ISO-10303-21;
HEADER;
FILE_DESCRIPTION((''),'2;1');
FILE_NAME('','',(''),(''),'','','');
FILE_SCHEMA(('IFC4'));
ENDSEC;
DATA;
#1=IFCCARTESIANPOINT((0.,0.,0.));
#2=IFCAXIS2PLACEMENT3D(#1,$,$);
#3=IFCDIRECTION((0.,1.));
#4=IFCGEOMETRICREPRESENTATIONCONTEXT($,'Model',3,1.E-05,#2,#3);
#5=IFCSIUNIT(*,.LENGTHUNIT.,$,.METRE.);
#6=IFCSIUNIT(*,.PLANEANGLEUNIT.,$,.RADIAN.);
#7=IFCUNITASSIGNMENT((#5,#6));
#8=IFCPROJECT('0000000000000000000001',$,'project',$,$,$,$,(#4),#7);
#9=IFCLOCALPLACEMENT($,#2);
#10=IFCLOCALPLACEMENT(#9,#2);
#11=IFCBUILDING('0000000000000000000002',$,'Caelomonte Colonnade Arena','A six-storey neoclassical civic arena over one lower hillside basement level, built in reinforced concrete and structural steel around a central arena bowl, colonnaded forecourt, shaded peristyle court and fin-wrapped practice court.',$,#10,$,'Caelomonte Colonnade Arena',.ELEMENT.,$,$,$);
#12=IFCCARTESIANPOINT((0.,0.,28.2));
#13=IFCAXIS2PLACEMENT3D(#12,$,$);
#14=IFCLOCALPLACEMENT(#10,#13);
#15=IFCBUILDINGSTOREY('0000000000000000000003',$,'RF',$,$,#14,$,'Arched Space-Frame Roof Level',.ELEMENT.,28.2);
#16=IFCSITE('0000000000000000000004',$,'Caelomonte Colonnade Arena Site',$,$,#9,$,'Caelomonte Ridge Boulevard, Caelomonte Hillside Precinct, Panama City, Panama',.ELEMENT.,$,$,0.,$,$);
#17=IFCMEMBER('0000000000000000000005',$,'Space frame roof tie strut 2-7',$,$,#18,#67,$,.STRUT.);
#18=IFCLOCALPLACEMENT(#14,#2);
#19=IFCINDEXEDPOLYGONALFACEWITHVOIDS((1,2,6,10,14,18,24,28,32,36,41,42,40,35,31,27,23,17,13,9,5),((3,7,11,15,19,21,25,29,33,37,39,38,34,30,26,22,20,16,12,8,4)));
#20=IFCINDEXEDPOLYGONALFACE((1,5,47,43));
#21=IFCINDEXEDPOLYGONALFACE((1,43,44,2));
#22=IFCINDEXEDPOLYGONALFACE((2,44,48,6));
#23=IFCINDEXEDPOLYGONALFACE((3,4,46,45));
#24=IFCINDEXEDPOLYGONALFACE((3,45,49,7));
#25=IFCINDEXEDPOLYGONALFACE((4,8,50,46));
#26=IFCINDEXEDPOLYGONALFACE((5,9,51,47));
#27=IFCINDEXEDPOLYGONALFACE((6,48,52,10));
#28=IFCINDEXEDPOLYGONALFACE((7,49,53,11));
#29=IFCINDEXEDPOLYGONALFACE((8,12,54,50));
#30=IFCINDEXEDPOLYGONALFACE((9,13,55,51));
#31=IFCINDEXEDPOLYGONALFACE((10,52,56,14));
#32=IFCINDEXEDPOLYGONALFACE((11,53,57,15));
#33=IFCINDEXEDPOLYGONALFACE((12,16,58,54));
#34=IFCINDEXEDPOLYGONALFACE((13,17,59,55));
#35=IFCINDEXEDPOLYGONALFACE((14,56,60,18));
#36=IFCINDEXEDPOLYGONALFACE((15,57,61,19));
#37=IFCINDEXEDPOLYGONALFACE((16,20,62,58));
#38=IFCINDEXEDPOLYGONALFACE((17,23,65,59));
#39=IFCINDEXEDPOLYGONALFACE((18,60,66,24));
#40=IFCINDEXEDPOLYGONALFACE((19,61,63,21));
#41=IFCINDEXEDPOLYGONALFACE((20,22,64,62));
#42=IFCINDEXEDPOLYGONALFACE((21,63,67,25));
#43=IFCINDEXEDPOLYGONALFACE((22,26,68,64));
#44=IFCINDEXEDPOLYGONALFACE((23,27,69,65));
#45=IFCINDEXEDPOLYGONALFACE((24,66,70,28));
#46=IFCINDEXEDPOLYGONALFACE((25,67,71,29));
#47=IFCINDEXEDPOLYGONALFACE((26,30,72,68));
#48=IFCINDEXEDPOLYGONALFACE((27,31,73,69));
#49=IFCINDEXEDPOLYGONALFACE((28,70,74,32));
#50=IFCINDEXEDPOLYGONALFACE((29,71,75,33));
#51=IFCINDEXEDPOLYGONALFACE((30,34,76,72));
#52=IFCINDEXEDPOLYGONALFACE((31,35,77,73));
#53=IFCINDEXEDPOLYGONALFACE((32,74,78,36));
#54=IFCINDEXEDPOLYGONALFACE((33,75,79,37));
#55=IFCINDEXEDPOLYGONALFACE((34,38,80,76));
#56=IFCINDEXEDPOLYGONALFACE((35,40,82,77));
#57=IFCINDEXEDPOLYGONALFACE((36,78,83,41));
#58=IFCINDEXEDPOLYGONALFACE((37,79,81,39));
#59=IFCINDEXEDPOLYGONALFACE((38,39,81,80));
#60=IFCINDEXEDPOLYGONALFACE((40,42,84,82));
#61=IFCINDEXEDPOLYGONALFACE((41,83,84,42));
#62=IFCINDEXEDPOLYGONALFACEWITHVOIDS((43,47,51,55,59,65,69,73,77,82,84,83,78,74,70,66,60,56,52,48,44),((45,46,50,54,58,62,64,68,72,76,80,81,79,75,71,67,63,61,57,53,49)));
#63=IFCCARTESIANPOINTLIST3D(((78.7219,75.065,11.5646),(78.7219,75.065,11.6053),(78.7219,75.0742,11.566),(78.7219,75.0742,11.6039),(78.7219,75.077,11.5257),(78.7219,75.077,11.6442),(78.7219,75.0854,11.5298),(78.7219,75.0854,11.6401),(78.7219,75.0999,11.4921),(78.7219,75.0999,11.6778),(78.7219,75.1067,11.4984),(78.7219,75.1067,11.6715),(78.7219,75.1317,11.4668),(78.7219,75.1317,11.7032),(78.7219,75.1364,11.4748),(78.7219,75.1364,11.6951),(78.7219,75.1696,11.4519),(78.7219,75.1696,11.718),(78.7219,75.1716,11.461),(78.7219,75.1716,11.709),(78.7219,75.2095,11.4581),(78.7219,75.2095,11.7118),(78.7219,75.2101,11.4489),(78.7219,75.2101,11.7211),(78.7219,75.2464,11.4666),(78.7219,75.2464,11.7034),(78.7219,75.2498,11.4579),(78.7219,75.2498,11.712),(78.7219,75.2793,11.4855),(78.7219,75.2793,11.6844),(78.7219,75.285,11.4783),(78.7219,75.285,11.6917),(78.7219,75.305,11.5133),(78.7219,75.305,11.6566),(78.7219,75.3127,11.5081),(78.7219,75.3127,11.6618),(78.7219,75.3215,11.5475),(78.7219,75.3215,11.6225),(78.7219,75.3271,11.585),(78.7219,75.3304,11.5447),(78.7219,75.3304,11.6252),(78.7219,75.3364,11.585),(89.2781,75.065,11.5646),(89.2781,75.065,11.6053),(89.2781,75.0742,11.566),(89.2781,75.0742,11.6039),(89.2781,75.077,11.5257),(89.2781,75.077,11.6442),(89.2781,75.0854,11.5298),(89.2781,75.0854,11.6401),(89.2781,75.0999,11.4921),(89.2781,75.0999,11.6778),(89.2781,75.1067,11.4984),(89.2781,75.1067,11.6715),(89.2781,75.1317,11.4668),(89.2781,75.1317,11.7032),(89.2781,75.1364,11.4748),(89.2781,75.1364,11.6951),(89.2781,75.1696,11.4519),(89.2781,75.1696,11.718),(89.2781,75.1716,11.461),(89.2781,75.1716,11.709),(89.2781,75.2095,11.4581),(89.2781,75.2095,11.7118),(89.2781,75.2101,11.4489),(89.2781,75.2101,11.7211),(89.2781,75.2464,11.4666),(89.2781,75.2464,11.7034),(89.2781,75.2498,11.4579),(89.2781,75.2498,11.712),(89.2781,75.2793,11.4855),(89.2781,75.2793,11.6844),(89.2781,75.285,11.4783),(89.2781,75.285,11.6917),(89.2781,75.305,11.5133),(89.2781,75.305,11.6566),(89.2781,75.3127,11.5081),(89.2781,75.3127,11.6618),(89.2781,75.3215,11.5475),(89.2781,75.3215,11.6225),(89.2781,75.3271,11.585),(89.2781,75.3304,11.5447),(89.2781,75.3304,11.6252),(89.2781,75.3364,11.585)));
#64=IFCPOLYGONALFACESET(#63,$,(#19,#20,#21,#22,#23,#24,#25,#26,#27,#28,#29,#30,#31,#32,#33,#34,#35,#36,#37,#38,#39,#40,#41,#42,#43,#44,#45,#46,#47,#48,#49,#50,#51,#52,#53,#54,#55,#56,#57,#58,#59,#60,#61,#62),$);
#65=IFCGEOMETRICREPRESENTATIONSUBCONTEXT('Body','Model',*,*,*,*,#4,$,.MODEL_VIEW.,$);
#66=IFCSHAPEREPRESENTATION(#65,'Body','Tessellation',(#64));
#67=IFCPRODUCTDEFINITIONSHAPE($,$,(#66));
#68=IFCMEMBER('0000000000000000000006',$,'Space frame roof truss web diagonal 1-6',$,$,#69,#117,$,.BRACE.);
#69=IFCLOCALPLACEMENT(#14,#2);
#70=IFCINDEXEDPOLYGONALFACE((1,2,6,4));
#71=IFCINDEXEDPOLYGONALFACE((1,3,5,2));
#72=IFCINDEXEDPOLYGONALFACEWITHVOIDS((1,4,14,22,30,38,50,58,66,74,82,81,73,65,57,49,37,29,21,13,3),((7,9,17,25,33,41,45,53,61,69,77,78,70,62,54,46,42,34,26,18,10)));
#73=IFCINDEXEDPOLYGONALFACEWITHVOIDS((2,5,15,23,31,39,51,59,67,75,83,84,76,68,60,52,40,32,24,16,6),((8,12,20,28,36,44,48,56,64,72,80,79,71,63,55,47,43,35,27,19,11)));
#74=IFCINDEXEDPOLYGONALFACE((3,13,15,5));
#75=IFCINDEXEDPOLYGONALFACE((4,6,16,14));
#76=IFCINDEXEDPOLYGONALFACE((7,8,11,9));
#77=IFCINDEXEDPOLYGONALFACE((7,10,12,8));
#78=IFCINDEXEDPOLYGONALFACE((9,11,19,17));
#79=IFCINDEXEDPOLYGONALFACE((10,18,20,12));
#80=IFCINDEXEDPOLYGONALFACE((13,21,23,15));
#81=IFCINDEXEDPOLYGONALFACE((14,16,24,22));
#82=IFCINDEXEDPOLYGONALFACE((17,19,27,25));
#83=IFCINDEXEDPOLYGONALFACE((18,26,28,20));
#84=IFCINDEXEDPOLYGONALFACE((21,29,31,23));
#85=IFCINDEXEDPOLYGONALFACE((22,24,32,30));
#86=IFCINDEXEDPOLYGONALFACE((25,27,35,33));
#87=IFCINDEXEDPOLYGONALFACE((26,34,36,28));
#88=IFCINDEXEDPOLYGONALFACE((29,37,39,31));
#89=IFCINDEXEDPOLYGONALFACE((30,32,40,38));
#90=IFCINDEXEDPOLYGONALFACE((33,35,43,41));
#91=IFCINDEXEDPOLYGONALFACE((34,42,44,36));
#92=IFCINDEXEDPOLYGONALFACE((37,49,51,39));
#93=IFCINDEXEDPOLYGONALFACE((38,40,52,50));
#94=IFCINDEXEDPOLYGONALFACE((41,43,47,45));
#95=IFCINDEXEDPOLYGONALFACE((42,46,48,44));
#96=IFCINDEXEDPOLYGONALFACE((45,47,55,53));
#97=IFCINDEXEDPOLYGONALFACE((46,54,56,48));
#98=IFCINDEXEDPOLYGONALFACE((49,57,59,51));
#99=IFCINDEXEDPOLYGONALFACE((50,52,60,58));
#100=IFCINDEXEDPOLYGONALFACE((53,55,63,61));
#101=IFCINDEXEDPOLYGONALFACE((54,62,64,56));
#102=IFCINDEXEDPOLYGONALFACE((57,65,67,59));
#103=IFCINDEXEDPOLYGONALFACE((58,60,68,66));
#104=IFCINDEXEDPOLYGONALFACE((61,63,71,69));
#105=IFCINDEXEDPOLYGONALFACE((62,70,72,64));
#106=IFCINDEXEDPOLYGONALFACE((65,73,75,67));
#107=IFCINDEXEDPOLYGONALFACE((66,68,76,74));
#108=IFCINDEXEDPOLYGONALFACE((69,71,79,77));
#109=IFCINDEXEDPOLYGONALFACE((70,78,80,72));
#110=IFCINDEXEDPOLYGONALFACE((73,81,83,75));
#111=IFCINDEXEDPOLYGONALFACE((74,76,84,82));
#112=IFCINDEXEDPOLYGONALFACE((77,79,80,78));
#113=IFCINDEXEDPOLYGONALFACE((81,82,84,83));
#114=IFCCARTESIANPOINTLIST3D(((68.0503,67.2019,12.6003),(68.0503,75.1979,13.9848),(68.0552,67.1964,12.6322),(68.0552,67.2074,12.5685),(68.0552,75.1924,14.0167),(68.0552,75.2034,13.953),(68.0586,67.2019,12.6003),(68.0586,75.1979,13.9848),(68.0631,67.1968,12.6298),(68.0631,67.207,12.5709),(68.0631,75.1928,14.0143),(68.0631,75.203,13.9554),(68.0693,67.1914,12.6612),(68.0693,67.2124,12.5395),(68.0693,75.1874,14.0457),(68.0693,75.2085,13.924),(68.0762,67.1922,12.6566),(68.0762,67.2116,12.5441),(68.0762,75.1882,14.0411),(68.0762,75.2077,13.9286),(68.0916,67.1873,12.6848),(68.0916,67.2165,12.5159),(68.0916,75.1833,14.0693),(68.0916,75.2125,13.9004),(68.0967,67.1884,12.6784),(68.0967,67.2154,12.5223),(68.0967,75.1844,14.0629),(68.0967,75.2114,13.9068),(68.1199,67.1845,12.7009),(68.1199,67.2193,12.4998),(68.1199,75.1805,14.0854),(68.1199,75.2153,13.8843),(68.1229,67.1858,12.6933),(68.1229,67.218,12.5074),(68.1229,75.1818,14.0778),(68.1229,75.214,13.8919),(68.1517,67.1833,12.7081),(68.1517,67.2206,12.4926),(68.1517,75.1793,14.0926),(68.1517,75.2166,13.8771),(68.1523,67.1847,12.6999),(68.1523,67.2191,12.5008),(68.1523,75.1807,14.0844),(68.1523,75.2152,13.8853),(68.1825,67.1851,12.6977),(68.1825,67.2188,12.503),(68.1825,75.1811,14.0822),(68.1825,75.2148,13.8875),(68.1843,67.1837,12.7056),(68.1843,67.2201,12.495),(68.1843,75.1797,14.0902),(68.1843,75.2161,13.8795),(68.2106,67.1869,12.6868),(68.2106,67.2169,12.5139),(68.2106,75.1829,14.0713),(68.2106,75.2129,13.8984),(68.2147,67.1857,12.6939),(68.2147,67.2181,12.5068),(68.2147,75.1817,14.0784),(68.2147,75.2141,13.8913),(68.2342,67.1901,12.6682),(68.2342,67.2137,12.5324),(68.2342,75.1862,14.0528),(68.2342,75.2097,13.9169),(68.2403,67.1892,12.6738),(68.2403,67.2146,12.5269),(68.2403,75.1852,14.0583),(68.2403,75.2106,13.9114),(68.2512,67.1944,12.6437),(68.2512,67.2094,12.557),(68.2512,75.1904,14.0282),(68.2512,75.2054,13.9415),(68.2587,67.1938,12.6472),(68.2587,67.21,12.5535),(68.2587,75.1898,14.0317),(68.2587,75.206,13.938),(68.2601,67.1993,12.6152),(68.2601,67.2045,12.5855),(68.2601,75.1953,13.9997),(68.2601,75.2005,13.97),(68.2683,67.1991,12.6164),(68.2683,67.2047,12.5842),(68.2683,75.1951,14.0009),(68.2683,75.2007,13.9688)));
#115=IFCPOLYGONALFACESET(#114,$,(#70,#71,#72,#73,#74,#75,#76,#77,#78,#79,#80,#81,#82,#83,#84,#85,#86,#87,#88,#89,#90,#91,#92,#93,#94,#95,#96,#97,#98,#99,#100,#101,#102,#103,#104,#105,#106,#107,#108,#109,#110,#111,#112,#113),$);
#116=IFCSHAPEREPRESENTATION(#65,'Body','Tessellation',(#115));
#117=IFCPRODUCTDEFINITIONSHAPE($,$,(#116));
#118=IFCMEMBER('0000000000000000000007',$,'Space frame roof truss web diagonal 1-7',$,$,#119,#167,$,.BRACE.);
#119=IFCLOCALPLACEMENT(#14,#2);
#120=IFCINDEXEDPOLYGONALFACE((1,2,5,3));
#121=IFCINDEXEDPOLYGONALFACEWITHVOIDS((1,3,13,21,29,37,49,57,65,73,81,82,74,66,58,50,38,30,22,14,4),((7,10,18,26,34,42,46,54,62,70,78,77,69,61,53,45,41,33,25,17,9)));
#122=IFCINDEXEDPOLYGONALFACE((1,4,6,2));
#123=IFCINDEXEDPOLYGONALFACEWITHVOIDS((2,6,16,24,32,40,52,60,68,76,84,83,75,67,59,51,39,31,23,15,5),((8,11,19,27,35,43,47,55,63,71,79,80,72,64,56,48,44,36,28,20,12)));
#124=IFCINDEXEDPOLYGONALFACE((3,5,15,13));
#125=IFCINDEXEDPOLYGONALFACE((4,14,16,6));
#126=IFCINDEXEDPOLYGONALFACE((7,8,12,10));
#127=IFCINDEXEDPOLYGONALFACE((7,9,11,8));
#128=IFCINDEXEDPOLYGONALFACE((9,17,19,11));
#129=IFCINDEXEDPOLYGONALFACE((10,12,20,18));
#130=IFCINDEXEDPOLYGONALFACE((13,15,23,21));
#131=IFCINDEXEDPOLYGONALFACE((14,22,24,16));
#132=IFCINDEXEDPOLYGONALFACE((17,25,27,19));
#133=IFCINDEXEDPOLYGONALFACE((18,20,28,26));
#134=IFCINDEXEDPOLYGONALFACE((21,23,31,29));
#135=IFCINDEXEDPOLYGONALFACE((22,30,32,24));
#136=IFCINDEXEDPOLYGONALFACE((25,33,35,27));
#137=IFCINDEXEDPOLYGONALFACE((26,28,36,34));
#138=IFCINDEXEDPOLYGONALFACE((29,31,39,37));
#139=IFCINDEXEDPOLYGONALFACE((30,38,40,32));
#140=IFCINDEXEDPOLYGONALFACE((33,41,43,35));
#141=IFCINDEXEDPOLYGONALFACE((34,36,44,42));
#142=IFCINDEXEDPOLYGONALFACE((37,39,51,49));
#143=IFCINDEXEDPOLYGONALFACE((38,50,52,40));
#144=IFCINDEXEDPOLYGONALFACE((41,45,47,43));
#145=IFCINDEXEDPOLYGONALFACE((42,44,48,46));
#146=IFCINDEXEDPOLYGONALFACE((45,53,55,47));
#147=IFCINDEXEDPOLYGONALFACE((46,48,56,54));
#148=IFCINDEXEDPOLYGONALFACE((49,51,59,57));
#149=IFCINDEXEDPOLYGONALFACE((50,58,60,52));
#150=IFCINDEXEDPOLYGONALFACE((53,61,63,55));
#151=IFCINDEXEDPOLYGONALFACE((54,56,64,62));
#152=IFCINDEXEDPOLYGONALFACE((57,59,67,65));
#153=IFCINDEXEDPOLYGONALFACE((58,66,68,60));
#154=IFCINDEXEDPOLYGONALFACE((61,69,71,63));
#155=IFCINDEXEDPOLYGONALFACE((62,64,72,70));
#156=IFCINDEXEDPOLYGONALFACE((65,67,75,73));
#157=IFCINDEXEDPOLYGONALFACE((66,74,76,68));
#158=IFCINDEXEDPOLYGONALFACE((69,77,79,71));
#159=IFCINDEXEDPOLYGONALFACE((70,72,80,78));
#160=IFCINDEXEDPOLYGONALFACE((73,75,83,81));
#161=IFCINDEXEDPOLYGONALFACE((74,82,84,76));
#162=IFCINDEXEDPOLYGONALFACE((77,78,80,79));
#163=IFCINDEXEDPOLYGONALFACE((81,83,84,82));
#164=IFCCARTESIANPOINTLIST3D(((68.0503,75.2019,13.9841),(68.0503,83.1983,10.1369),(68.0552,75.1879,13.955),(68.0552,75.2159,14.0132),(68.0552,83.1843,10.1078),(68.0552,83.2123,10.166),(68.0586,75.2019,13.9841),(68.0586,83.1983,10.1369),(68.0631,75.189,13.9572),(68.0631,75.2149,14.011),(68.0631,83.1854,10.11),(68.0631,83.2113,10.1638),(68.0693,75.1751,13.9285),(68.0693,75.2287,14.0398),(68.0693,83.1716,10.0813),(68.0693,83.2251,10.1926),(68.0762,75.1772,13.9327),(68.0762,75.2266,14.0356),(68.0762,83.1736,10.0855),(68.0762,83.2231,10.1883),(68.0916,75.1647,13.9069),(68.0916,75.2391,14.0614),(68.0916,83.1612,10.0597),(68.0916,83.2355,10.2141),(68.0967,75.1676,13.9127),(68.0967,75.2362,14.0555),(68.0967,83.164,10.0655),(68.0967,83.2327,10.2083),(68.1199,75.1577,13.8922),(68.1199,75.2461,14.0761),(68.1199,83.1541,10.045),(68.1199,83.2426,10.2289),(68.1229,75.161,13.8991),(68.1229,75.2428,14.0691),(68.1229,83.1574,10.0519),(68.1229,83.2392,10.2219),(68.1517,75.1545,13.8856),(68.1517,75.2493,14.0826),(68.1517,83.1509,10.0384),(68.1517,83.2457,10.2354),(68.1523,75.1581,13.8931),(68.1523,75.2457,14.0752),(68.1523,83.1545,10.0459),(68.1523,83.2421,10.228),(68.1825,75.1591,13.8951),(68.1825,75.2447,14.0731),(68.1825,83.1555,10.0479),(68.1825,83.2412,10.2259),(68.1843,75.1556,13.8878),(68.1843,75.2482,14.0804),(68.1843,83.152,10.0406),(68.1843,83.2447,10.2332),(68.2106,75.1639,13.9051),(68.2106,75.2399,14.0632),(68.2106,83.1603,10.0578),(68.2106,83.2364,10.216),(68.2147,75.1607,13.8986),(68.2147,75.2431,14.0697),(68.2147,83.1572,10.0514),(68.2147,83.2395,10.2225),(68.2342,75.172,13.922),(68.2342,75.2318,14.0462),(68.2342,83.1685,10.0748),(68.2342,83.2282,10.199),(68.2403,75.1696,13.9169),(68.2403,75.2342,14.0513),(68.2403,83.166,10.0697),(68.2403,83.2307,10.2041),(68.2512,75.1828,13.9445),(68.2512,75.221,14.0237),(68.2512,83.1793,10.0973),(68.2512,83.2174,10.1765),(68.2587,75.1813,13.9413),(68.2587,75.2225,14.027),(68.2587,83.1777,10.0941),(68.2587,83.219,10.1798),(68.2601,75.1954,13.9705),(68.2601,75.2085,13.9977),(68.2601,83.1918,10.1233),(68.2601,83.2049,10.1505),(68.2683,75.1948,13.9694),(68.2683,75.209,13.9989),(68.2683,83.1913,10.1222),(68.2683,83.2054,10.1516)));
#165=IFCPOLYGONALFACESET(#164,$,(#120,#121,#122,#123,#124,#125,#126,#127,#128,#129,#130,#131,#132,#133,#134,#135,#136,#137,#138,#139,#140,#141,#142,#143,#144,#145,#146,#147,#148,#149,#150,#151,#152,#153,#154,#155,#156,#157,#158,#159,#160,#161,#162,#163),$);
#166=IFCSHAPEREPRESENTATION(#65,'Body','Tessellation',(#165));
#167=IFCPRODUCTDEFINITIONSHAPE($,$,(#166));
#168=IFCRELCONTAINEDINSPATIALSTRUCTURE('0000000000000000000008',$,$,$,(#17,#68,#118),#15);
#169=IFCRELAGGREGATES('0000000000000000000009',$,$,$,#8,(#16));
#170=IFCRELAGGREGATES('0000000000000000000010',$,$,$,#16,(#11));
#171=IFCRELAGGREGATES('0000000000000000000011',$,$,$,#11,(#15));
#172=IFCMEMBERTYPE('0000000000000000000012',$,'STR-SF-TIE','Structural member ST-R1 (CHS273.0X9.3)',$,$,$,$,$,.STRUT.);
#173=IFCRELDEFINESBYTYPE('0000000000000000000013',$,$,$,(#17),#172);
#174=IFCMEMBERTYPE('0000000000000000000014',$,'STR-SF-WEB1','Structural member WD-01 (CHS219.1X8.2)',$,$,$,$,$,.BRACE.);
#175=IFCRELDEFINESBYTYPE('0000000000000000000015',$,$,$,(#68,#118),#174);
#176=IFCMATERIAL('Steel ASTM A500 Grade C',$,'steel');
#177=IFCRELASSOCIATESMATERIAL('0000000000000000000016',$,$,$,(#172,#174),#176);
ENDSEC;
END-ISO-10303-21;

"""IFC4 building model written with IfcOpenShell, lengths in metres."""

from ifc_helpers import new_model, si_unit, direction, frame, origin, origin_2d, place, context, subcontext, project, spatial, hollow_circle, extrude, material, material_profile, profile_set, type_object, element, save


model = new_model("IFC4")

# Units and contexts
model_context = context("Model", 3, precision=1e-05, world=origin(), true_north=direction((0.0, 1.0)))
body_context = subcontext(model_context, "Body", "Model", "MODEL_VIEW")
ifc_project = project(units=[si_unit("LENGTHUNIT", "METRE"), si_unit("PLANEANGLEUNIT", "RADIAN")], contexts=[model_context])

# Site, building, storey
site_placement = place(None, origin())
site = spatial("IfcSite", under=ifc_project, at=site_placement, Name="Caelomonte Colonnade Arena Site", LongName="Caelomonte Ridge Boulevard, Caelomonte Hillside Precinct, Panama City, Panama", CompositionType="ELEMENT", RefElevation=0.0)
building_placement = place(site_placement, origin())
building = spatial("IfcBuilding", under=site, at=building_placement, Name="Caelomonte Colonnade Arena", Description="A six-storey neoclassical civic arena over one lower hillside basement level, built in reinforced concrete and structural steel around a central arena bowl, colonnaded forecourt, shaded peristyle court and fin-wrapped practice court.", LongName="Caelomonte Colonnade Arena", CompositionType="ELEMENT")
storey_placement = place(building_placement, frame((0.0, 0.0, 28.2)))
storey = spatial("IfcBuildingStorey", under=building, at=storey_placement, Name="RF", LongName="Arched Space-Frame Roof Level", CompositionType="ELEMENT", Elevation=28.2)

# Members
ifc_material_1 = material(Name="Steel ASTM A500 Grade C", Category="steel")
ifc_material_profile_1 = material_profile(ifc_material_1, hollow_circle(Radius=0.1365, WallThickness=0.0093, at=origin_2d()), Name="CHS273.0X9.3")
ifc_profile_set_1 = profile_set([ifc_material_profile_1], Name="Steel ASTM A500 Grade C")
member_type_1 = type_object("IfcMemberType", Name="STR-SF-TIE", Description="Structural member ST-R1 (CHS273.0X9.3)", PredefinedType="STRUT", material=ifc_profile_set_1)
for number, where, z_axis, x_axis, name in (
    (1, (78.7219, 75.2, 11.585), (1.0, 0.0, 0.0), (0.0, 1.0, 0.0), "Space frame roof tie strut 2-7"),
):
    element("IfcMember", number, at=place(storey_placement, frame(where, z_axis=z_axis, x_axis=x_axis)), inside=storey, type_object=member_type_1, Name=name, PredefinedType="STRUT", context=body_context, shape_type="SweptSolid", body=[
        extrude(hollow_circle(Radius=0.1365, WallThickness=0.0093, at=origin_2d()), origin(), (0.0, 0.0, 1.0), 10.5562),
    ])
ifc_material_profile_2 = material_profile(ifc_material_1, hollow_circle(Radius=0.1096, WallThickness=0.0083, at=origin_2d()), Name="CHS219.1X8.2")
ifc_profile_set_2 = profile_set([ifc_material_profile_2], Name="Steel ASTM A500 Grade C")
member_type_2 = type_object("IfcMemberType", Name="STR-SF-WEB1", Description="Structural member WD-01 (CHS219.1X8.2)", PredefinedType="BRACE", material=ifc_profile_set_2)
member_1_placement = place(storey_placement, frame((68.1599, 67.2019, 12.6003), z_axis=(0.0, 0.985338, 0.170611), x_axis=(-1.0, 0.0, 0.0)))
element("IfcMember", 2, at=member_1_placement, inside=storey, type_object=member_type_2, Name="Space frame roof truss web diagonal 1-6", PredefinedType="BRACE", context=body_context, shape_type="SweptSolid", body=[
    extrude(hollow_circle(Radius=0.1096, WallThickness=0.0083, at=origin_2d()), origin(), (0.0, 0.0, 1.0), 8.115),
])
member_2_placement = place(storey_placement, frame((68.1599, 75.2019, 13.9841), z_axis=(0.0, 0.90113, -0.433548), x_axis=(-1.0, 0.0, 0.0)))
element("IfcMember", 3, at=member_2_placement, inside=storey, type_object=member_type_2, Name="Space frame roof truss web diagonal 1-7", PredefinedType="BRACE", context=body_context, shape_type="SweptSolid", body=[
    extrude(hollow_circle(Radius=0.1096, WallThickness=0.0083, at=origin_2d()), origin(), (0.0, 0.0, 1.0), 8.8738),
])

save(model, "model.ifc")
